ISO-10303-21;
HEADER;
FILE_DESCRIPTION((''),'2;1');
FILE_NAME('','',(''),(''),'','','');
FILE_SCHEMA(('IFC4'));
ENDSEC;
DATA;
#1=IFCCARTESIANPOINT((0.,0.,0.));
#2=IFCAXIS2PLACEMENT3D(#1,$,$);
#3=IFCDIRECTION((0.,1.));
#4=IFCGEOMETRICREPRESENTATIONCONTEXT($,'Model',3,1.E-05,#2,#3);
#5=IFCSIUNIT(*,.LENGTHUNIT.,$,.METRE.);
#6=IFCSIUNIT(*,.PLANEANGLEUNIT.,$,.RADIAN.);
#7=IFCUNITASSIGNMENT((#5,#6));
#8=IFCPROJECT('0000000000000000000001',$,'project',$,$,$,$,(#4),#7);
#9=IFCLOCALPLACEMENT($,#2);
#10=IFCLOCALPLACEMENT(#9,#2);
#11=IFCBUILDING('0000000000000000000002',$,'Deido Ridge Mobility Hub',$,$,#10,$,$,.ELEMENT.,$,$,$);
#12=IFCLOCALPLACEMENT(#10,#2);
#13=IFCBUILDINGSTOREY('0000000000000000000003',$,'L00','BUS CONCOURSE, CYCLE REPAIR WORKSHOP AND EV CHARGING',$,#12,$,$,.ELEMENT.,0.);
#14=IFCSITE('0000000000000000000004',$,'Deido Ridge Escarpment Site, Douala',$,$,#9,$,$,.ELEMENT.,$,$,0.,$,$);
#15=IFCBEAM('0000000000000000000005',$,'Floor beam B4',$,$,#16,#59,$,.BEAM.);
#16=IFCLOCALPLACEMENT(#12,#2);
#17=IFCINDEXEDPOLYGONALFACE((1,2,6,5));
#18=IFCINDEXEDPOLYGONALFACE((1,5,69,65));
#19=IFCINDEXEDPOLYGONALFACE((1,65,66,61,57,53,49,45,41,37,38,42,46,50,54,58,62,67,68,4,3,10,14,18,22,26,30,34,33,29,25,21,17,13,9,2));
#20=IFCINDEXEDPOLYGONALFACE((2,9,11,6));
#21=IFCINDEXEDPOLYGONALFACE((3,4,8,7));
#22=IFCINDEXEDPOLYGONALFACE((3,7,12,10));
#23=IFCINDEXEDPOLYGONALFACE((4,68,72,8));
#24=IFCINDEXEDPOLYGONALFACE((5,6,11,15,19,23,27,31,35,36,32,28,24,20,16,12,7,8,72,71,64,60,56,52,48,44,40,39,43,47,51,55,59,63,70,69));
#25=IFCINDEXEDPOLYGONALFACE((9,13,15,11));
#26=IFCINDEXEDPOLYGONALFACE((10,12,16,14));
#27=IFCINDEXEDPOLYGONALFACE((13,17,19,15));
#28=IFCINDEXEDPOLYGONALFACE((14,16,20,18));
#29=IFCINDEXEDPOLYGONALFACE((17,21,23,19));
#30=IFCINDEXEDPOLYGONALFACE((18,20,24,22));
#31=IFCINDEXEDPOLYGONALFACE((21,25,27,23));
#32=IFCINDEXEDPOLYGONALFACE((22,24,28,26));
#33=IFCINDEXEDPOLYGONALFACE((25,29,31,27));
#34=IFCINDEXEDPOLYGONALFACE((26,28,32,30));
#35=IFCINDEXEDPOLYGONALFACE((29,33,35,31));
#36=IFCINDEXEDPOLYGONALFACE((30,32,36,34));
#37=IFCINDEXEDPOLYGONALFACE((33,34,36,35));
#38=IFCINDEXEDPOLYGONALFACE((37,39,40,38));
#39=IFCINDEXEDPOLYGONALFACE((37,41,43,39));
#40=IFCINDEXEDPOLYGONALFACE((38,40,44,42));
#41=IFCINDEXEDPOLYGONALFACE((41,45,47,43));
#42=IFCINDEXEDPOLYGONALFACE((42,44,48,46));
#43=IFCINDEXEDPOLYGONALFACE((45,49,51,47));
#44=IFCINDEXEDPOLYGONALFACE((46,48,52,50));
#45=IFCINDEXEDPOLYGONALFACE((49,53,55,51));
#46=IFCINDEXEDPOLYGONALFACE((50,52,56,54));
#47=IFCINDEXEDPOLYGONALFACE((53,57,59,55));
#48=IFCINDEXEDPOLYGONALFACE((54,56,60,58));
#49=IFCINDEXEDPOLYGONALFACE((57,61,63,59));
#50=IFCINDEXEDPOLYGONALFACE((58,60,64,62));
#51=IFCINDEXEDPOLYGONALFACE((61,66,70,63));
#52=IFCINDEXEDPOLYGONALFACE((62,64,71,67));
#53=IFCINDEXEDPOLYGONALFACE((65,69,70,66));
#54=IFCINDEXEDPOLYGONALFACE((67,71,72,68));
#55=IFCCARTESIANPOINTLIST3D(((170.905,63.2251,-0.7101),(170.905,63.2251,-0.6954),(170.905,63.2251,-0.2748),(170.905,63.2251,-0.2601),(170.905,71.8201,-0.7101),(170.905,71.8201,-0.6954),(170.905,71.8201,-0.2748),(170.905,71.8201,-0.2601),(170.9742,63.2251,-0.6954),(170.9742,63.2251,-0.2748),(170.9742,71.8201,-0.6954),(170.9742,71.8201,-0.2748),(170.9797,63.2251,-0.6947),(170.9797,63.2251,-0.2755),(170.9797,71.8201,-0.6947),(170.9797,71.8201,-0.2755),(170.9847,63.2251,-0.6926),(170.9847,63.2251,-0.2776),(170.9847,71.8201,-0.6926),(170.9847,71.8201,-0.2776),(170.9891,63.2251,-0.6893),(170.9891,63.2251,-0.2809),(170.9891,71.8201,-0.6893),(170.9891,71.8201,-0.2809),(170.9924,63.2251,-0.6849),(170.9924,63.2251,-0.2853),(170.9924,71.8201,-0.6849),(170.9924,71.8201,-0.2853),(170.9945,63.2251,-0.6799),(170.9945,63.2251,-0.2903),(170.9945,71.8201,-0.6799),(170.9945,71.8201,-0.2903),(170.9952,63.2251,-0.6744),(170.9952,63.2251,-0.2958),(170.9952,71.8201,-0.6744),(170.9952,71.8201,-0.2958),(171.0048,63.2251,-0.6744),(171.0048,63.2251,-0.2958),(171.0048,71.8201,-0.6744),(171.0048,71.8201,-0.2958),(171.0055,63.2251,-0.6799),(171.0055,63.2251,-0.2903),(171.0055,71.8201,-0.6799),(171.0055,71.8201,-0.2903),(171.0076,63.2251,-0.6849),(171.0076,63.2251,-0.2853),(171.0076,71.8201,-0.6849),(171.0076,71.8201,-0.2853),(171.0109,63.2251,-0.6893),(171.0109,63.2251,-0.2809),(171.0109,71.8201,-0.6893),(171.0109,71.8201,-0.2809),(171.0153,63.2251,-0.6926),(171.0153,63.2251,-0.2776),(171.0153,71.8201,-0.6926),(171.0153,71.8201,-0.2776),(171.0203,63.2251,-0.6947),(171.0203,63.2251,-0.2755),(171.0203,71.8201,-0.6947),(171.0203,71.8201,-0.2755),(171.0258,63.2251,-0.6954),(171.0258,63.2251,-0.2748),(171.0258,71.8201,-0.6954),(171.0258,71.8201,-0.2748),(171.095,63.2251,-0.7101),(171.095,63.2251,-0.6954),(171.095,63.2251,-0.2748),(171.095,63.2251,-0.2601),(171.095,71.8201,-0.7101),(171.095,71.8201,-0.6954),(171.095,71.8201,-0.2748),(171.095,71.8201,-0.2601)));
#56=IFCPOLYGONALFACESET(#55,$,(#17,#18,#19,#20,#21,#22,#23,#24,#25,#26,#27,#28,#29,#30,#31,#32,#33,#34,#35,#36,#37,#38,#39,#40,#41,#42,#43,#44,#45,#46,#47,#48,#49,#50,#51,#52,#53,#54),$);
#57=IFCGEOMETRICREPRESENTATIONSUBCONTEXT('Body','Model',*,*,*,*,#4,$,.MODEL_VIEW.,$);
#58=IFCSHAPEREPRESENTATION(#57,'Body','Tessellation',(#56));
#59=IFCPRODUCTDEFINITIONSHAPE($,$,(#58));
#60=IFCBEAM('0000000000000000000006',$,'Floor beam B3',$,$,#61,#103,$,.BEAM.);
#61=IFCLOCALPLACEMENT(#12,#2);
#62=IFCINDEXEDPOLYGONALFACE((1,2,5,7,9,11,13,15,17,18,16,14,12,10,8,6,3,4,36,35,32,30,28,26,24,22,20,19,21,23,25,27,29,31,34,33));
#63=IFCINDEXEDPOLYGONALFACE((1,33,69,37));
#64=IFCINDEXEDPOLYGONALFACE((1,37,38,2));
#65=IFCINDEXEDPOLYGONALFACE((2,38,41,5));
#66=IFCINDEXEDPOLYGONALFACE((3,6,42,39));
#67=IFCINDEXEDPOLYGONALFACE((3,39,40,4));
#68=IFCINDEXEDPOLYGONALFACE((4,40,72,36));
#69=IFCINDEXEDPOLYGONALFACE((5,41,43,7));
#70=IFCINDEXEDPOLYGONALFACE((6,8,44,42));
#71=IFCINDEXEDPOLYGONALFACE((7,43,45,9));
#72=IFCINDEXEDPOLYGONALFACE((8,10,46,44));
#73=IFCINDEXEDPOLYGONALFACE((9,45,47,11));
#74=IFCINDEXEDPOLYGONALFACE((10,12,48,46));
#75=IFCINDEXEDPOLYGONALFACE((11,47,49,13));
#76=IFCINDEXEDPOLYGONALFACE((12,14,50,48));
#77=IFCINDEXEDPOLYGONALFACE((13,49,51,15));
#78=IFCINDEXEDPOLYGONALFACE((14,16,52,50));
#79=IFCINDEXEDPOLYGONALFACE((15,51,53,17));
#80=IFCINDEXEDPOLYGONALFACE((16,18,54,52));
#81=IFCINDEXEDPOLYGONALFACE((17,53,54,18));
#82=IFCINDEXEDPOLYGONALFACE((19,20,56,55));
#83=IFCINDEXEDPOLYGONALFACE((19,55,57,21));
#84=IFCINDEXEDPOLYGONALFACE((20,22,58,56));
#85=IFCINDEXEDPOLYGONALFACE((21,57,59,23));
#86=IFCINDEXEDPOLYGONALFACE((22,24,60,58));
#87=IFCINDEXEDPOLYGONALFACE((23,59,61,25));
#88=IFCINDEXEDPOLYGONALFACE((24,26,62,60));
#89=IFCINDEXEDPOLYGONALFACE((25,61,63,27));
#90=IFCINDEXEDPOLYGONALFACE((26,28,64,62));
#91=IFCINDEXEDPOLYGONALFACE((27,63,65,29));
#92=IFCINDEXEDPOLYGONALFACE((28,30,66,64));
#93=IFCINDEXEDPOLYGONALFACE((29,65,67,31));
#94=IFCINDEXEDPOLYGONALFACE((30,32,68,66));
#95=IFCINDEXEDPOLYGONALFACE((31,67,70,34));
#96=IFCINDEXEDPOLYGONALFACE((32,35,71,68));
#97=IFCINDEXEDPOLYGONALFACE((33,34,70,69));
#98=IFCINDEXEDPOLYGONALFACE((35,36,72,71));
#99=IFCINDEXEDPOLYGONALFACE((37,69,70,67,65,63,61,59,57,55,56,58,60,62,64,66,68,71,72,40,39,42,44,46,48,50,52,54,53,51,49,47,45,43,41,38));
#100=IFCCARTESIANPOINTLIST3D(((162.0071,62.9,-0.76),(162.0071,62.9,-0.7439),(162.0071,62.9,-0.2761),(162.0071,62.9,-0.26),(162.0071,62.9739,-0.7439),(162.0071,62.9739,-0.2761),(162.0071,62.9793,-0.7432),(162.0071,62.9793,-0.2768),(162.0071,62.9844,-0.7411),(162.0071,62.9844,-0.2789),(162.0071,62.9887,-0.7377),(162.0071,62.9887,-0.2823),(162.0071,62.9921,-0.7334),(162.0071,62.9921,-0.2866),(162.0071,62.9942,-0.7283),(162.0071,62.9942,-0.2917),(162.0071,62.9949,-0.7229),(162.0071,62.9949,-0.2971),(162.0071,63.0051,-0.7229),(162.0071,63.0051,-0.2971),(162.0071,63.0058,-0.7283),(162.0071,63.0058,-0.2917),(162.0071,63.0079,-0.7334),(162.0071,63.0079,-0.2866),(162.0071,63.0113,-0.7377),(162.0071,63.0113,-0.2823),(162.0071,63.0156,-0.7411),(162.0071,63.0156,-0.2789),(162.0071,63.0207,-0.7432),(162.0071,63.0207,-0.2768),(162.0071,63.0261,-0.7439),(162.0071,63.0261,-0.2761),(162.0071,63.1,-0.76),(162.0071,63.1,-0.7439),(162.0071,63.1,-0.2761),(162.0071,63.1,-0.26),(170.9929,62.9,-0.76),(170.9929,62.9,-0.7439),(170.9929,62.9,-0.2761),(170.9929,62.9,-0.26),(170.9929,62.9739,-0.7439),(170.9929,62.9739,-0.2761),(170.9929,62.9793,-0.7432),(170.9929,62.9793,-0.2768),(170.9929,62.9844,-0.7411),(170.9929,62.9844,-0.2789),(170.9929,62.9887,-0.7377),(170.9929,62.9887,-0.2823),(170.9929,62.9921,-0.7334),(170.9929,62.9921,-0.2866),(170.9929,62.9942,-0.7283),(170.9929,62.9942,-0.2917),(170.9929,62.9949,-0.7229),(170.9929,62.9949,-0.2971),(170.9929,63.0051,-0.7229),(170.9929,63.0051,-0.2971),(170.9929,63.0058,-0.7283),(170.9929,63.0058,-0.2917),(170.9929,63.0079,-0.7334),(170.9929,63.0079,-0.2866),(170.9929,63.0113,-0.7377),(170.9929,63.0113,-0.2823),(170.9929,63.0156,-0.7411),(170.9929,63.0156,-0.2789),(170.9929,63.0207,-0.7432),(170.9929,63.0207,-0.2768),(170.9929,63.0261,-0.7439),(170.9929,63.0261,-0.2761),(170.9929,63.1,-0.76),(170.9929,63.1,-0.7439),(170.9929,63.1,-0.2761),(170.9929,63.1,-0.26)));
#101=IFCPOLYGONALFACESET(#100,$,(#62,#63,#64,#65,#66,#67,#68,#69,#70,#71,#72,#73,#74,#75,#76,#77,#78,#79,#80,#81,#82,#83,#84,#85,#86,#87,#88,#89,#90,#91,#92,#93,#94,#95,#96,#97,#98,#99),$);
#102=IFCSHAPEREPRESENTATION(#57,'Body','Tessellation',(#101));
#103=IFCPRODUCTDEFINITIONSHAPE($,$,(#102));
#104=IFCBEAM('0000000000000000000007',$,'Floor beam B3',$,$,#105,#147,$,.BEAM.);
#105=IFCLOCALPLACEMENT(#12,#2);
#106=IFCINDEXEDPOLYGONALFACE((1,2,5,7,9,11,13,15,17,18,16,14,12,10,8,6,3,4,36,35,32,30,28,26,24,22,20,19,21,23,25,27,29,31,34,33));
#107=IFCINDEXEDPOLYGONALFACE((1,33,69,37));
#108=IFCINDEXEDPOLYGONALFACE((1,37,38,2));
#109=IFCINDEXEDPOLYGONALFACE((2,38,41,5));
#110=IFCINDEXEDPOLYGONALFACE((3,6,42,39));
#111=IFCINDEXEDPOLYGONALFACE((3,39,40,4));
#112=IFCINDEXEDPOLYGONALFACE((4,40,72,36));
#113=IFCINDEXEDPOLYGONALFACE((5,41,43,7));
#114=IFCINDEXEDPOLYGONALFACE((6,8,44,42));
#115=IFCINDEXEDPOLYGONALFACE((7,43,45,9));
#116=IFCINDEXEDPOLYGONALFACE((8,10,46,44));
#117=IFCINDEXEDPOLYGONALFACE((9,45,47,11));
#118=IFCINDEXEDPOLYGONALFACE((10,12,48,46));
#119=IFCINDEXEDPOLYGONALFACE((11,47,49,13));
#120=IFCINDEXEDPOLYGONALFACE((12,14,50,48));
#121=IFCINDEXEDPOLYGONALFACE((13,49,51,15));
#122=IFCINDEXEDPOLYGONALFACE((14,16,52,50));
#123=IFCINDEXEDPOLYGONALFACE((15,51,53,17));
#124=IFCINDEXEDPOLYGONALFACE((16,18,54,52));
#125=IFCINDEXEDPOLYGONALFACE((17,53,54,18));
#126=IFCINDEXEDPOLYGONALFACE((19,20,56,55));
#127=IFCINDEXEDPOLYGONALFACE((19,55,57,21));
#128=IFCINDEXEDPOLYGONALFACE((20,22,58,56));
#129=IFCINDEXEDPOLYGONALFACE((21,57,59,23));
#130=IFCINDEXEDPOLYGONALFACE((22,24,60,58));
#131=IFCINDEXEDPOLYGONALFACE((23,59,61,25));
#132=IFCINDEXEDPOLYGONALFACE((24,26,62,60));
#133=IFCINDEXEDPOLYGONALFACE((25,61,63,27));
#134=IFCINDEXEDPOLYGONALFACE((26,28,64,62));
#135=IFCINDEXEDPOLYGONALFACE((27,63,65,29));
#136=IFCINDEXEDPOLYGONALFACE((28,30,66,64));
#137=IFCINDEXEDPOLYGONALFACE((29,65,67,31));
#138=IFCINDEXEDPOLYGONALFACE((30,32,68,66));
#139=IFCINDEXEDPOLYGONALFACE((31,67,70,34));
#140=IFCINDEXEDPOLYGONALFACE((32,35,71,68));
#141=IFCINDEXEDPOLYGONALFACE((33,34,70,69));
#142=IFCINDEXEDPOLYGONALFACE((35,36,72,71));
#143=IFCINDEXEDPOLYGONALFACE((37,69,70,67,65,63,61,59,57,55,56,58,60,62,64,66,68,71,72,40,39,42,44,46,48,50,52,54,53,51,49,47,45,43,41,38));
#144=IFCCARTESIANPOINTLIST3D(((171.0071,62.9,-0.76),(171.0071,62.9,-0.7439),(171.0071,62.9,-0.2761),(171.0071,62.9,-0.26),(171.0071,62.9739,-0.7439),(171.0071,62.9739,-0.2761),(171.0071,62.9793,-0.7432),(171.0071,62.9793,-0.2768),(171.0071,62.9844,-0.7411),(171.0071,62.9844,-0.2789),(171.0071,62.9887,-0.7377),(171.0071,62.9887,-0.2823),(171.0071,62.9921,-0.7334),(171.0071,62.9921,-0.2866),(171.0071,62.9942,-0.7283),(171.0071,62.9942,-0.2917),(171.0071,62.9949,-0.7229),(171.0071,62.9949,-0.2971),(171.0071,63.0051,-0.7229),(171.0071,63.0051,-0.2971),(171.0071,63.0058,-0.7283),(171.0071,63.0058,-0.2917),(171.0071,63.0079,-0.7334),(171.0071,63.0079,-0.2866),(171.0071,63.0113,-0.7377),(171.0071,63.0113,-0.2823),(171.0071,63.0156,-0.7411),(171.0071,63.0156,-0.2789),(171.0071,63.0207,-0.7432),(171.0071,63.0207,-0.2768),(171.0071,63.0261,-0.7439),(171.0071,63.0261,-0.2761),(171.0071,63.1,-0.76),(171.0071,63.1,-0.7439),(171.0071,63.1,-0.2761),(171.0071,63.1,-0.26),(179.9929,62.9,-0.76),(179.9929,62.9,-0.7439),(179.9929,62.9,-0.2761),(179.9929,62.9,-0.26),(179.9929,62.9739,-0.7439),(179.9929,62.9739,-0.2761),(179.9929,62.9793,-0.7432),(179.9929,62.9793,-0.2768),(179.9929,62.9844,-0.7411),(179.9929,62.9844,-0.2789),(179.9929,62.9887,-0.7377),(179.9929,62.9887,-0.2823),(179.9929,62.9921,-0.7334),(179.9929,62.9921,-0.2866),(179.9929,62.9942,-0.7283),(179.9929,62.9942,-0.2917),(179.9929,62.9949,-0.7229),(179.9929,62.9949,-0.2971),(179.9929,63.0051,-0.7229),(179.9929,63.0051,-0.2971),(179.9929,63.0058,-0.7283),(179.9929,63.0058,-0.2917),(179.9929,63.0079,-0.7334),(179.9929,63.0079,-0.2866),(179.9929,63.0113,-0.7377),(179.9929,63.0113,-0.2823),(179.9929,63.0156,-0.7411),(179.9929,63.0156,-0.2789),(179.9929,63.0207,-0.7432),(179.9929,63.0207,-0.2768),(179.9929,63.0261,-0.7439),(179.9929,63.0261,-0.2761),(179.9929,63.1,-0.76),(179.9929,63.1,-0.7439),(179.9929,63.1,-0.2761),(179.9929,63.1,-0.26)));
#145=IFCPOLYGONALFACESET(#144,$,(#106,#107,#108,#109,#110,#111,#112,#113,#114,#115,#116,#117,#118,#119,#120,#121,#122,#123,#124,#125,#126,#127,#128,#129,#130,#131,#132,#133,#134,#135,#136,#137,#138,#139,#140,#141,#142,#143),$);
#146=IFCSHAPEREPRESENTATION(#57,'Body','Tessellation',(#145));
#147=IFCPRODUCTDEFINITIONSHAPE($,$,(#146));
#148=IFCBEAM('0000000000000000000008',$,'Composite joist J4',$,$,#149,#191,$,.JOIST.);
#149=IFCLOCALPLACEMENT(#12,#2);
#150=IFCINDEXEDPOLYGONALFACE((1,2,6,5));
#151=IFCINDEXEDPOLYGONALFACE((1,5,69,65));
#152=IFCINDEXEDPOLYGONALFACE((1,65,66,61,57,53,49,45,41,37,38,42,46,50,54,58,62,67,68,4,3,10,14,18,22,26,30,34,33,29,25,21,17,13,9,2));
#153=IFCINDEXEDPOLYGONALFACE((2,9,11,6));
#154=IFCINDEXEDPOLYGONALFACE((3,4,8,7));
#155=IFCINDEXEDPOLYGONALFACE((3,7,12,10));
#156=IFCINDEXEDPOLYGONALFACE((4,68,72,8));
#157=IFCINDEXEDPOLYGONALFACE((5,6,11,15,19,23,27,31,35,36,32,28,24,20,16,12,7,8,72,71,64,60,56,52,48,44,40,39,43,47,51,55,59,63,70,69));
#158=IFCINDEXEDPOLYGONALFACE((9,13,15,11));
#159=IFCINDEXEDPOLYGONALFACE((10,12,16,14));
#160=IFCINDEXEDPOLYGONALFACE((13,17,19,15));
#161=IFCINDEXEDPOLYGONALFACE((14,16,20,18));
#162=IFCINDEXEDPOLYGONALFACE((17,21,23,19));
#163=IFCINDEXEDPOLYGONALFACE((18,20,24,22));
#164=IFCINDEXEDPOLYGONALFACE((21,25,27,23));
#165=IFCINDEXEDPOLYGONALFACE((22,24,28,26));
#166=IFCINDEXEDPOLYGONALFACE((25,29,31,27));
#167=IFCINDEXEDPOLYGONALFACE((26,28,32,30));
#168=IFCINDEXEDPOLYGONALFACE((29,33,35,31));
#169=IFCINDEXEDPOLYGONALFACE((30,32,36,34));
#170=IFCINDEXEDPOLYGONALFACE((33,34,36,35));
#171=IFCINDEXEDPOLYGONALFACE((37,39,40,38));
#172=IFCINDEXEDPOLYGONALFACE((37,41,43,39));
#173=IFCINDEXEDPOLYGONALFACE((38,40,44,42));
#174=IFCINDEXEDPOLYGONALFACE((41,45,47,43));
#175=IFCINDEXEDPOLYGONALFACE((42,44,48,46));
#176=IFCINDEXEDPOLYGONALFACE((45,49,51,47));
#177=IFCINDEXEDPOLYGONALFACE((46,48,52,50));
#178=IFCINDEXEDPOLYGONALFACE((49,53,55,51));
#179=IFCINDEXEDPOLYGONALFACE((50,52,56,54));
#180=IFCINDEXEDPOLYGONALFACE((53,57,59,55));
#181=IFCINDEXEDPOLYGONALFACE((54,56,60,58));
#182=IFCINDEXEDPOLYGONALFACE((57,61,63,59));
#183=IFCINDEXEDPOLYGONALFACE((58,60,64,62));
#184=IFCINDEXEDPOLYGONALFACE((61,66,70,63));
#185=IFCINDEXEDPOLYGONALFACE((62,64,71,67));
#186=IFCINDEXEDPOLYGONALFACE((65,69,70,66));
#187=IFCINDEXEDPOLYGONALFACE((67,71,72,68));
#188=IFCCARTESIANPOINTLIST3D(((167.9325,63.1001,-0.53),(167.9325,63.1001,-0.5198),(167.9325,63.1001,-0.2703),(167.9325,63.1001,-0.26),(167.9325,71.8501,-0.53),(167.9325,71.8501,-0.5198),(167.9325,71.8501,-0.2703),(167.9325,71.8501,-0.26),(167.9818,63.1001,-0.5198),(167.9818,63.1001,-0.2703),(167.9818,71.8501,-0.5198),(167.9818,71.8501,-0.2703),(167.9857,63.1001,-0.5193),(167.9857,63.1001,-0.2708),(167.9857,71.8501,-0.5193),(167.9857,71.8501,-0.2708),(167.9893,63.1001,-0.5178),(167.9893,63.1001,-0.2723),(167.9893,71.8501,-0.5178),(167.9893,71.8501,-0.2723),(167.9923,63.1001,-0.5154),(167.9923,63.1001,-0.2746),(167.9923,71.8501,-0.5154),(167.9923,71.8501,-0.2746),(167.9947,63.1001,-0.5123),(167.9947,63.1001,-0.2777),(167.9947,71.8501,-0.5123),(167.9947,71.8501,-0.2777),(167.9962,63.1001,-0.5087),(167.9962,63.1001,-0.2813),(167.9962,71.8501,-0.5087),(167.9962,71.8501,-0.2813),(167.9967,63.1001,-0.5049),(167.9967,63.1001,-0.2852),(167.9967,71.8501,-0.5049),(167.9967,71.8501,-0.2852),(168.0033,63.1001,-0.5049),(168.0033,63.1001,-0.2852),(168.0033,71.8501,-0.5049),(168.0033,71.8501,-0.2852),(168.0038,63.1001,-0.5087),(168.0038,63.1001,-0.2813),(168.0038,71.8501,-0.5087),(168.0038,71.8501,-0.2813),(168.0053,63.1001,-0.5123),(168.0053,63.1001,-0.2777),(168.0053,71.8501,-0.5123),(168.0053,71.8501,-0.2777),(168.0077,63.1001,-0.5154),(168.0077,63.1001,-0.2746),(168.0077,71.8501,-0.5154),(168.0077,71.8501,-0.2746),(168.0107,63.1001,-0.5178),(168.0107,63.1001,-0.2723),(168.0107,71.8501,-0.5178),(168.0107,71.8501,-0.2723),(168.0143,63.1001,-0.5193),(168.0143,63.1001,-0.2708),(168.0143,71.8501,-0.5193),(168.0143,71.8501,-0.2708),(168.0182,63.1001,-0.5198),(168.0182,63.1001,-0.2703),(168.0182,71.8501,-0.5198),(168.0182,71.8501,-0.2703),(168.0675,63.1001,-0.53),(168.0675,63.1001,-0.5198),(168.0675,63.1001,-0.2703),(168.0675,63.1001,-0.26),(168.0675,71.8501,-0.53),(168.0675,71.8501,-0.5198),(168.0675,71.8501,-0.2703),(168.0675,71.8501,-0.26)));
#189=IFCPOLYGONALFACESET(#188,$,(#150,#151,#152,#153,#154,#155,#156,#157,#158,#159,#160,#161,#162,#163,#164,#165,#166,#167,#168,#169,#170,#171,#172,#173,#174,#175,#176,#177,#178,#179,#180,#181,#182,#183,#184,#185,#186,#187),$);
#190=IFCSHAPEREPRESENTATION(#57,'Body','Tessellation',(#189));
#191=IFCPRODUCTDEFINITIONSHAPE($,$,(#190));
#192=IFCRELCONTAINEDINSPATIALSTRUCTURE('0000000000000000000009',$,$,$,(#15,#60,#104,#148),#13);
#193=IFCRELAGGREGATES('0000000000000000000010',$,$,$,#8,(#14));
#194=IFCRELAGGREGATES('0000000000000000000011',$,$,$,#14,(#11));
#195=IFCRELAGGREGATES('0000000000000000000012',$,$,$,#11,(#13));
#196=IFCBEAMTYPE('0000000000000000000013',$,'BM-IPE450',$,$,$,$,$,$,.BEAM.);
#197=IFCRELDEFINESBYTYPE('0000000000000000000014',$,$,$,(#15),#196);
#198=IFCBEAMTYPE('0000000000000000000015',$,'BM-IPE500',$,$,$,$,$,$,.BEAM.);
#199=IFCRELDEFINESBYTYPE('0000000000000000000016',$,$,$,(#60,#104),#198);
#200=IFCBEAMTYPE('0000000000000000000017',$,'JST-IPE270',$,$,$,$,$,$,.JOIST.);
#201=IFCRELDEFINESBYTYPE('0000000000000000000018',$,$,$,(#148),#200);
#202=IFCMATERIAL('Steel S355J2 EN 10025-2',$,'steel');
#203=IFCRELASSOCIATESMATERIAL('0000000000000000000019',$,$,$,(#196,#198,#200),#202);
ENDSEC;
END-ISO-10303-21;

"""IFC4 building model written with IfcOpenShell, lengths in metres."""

from ifc_helpers import new_model, si_unit, direction, frame, origin, origin_2d, place, context, subcontext, project, spatial, i_section, extrude, material, material_profile, profile_set, type_object, element, save


model = new_model("IFC4")

# Units and contexts
model_context = context("Model", 3, precision=1e-05, world=origin(), true_north=direction((0.0, 1.0)))
body_context = subcontext(model_context, "Body", "Model", "MODEL_VIEW")
ifc_project = project(units=[si_unit("LENGTHUNIT", "METRE"), si_unit("PLANEANGLEUNIT", "RADIAN")], contexts=[model_context])

# Site, building, storey
site_placement = place(None, origin())
site = spatial("IfcSite", under=ifc_project, at=site_placement, Name="Deido Ridge Escarpment Site, Douala", CompositionType="ELEMENT", RefElevation=0.0)
building_placement = place(site_placement, origin())
building = spatial("IfcBuilding", under=site, at=building_placement, Name="Deido Ridge Mobility Hub", CompositionType="ELEMENT")
storey_placement = place(building_placement, origin())
storey = spatial("IfcBuildingStorey", under=building, at=storey_placement, Name="L00", Description="BUS CONCOURSE, CYCLE REPAIR WORKSHOP AND EV CHARGING", CompositionType="ELEMENT", Elevation=0.0)

# Shared definitions
ifc_material_1 = material(Name="Steel S355J2 EN 10025-2", Category="steel")

# Beams
ifc_material_profile_1 = material_profile(ifc_material_1, i_section(OverallWidth=0.1899, OverallDepth=0.45, WebThickness=0.0095, FlangeThickness=0.0146, FilletRadius=0.021, at=origin_2d()), Name="IPE 450")
ifc_profile_set_1 = profile_set([ifc_material_profile_1], Name="Steel S355J2 EN 10025-2")
beam_type_1 = type_object("IfcBeamType", Name="BM-IPE450", PredefinedType="BEAM", material=ifc_profile_set_1)
beam_1_placement = place(storey_placement, frame((171.0, 63.2251, -0.4851), z_axis=(0.0, 1.0, 0.0), x_axis=(-1.0, 0.0, 0.0)))
element("IfcBeam", 1, at=beam_1_placement, inside=storey, type_object=beam_type_1, Name="Floor beam B4", PredefinedType="BEAM", context=body_context, shape_type="SweptSolid", body=[
    extrude(i_section(OverallWidth=0.1899, OverallDepth=0.45, WebThickness=0.0095, FlangeThickness=0.0146, FilletRadius=0.021, at=origin_2d()), origin(), (0.0, 0.0, 1.0), 8.595),
])
ifc_material_profile_2 = material_profile(ifc_material_1, i_section(OverallWidth=0.2, OverallDepth=0.5, WebThickness=0.0103, FlangeThickness=0.0161, FilletRadius=0.021, at=origin_2d()), Name="IPE 500")
ifc_profile_set_2 = profile_set([ifc_material_profile_2], Name="Steel S355J2 EN 10025-2")
beam_type_2 = type_object("IfcBeamType", Name="BM-IPE500", PredefinedType="BEAM", material=ifc_profile_set_2)
for number, where, z_axis, x_axis, name in (
    (2, (162.0071, 63.0, -0.51), (1.0, 0.0, 0.0), (0.0, 1.0, 0.0), "Floor beam B3"),
    (3, (171.0071, 63.0, -0.51), (1.0, 0.0, 0.0), (0.0, 1.0, 0.0), "Floor beam B3"),
):
    element("IfcBeam", number, at=place(storey_placement, frame(where, z_axis=z_axis, x_axis=x_axis)), inside=storey, type_object=beam_type_2, Name=name, PredefinedType="BEAM", context=body_context, shape_type="SweptSolid", body=[
        extrude(i_section(OverallWidth=0.2, OverallDepth=0.5, WebThickness=0.0103, FlangeThickness=0.0161, FilletRadius=0.021, at=origin_2d()), origin(), (0.0, 0.0, 1.0), 8.9858),
    ])
ifc_material_profile_3 = material_profile(ifc_material_1, i_section(OverallWidth=0.135, OverallDepth=0.27, WebThickness=0.0066, FlangeThickness=0.0103, FilletRadius=0.0149, at=origin_2d()), Name="IPE 270")
ifc_profile_set_3 = profile_set([ifc_material_profile_3], Name="Steel S355J2 EN 10025-2")
beam_type_3 = type_object("IfcBeamType", Name="JST-IPE270", PredefinedType="JOIST", material=ifc_profile_set_3)
for number, where, z_axis, x_axis, name in (
    (4, (168.0, 63.1001, -0.395), (0.0, 1.0, 0.0), (-1.0, 0.0, 0.0), "Composite joist J4"),
):
    element("IfcBeam", number, at=place(storey_placement, frame(where, z_axis=z_axis, x_axis=x_axis)), inside=storey, type_object=beam_type_3, Name=name, PredefinedType="JOIST", context=body_context, shape_type="SweptSolid", body=[
        extrude(i_section(OverallWidth=0.135, OverallDepth=0.27, WebThickness=0.0066, FlangeThickness=0.0103, FilletRadius=0.0149, at=origin_2d()), origin(), (0.0, 0.0, 1.0), 8.75),
    ])

save(model, "model.ifc")
